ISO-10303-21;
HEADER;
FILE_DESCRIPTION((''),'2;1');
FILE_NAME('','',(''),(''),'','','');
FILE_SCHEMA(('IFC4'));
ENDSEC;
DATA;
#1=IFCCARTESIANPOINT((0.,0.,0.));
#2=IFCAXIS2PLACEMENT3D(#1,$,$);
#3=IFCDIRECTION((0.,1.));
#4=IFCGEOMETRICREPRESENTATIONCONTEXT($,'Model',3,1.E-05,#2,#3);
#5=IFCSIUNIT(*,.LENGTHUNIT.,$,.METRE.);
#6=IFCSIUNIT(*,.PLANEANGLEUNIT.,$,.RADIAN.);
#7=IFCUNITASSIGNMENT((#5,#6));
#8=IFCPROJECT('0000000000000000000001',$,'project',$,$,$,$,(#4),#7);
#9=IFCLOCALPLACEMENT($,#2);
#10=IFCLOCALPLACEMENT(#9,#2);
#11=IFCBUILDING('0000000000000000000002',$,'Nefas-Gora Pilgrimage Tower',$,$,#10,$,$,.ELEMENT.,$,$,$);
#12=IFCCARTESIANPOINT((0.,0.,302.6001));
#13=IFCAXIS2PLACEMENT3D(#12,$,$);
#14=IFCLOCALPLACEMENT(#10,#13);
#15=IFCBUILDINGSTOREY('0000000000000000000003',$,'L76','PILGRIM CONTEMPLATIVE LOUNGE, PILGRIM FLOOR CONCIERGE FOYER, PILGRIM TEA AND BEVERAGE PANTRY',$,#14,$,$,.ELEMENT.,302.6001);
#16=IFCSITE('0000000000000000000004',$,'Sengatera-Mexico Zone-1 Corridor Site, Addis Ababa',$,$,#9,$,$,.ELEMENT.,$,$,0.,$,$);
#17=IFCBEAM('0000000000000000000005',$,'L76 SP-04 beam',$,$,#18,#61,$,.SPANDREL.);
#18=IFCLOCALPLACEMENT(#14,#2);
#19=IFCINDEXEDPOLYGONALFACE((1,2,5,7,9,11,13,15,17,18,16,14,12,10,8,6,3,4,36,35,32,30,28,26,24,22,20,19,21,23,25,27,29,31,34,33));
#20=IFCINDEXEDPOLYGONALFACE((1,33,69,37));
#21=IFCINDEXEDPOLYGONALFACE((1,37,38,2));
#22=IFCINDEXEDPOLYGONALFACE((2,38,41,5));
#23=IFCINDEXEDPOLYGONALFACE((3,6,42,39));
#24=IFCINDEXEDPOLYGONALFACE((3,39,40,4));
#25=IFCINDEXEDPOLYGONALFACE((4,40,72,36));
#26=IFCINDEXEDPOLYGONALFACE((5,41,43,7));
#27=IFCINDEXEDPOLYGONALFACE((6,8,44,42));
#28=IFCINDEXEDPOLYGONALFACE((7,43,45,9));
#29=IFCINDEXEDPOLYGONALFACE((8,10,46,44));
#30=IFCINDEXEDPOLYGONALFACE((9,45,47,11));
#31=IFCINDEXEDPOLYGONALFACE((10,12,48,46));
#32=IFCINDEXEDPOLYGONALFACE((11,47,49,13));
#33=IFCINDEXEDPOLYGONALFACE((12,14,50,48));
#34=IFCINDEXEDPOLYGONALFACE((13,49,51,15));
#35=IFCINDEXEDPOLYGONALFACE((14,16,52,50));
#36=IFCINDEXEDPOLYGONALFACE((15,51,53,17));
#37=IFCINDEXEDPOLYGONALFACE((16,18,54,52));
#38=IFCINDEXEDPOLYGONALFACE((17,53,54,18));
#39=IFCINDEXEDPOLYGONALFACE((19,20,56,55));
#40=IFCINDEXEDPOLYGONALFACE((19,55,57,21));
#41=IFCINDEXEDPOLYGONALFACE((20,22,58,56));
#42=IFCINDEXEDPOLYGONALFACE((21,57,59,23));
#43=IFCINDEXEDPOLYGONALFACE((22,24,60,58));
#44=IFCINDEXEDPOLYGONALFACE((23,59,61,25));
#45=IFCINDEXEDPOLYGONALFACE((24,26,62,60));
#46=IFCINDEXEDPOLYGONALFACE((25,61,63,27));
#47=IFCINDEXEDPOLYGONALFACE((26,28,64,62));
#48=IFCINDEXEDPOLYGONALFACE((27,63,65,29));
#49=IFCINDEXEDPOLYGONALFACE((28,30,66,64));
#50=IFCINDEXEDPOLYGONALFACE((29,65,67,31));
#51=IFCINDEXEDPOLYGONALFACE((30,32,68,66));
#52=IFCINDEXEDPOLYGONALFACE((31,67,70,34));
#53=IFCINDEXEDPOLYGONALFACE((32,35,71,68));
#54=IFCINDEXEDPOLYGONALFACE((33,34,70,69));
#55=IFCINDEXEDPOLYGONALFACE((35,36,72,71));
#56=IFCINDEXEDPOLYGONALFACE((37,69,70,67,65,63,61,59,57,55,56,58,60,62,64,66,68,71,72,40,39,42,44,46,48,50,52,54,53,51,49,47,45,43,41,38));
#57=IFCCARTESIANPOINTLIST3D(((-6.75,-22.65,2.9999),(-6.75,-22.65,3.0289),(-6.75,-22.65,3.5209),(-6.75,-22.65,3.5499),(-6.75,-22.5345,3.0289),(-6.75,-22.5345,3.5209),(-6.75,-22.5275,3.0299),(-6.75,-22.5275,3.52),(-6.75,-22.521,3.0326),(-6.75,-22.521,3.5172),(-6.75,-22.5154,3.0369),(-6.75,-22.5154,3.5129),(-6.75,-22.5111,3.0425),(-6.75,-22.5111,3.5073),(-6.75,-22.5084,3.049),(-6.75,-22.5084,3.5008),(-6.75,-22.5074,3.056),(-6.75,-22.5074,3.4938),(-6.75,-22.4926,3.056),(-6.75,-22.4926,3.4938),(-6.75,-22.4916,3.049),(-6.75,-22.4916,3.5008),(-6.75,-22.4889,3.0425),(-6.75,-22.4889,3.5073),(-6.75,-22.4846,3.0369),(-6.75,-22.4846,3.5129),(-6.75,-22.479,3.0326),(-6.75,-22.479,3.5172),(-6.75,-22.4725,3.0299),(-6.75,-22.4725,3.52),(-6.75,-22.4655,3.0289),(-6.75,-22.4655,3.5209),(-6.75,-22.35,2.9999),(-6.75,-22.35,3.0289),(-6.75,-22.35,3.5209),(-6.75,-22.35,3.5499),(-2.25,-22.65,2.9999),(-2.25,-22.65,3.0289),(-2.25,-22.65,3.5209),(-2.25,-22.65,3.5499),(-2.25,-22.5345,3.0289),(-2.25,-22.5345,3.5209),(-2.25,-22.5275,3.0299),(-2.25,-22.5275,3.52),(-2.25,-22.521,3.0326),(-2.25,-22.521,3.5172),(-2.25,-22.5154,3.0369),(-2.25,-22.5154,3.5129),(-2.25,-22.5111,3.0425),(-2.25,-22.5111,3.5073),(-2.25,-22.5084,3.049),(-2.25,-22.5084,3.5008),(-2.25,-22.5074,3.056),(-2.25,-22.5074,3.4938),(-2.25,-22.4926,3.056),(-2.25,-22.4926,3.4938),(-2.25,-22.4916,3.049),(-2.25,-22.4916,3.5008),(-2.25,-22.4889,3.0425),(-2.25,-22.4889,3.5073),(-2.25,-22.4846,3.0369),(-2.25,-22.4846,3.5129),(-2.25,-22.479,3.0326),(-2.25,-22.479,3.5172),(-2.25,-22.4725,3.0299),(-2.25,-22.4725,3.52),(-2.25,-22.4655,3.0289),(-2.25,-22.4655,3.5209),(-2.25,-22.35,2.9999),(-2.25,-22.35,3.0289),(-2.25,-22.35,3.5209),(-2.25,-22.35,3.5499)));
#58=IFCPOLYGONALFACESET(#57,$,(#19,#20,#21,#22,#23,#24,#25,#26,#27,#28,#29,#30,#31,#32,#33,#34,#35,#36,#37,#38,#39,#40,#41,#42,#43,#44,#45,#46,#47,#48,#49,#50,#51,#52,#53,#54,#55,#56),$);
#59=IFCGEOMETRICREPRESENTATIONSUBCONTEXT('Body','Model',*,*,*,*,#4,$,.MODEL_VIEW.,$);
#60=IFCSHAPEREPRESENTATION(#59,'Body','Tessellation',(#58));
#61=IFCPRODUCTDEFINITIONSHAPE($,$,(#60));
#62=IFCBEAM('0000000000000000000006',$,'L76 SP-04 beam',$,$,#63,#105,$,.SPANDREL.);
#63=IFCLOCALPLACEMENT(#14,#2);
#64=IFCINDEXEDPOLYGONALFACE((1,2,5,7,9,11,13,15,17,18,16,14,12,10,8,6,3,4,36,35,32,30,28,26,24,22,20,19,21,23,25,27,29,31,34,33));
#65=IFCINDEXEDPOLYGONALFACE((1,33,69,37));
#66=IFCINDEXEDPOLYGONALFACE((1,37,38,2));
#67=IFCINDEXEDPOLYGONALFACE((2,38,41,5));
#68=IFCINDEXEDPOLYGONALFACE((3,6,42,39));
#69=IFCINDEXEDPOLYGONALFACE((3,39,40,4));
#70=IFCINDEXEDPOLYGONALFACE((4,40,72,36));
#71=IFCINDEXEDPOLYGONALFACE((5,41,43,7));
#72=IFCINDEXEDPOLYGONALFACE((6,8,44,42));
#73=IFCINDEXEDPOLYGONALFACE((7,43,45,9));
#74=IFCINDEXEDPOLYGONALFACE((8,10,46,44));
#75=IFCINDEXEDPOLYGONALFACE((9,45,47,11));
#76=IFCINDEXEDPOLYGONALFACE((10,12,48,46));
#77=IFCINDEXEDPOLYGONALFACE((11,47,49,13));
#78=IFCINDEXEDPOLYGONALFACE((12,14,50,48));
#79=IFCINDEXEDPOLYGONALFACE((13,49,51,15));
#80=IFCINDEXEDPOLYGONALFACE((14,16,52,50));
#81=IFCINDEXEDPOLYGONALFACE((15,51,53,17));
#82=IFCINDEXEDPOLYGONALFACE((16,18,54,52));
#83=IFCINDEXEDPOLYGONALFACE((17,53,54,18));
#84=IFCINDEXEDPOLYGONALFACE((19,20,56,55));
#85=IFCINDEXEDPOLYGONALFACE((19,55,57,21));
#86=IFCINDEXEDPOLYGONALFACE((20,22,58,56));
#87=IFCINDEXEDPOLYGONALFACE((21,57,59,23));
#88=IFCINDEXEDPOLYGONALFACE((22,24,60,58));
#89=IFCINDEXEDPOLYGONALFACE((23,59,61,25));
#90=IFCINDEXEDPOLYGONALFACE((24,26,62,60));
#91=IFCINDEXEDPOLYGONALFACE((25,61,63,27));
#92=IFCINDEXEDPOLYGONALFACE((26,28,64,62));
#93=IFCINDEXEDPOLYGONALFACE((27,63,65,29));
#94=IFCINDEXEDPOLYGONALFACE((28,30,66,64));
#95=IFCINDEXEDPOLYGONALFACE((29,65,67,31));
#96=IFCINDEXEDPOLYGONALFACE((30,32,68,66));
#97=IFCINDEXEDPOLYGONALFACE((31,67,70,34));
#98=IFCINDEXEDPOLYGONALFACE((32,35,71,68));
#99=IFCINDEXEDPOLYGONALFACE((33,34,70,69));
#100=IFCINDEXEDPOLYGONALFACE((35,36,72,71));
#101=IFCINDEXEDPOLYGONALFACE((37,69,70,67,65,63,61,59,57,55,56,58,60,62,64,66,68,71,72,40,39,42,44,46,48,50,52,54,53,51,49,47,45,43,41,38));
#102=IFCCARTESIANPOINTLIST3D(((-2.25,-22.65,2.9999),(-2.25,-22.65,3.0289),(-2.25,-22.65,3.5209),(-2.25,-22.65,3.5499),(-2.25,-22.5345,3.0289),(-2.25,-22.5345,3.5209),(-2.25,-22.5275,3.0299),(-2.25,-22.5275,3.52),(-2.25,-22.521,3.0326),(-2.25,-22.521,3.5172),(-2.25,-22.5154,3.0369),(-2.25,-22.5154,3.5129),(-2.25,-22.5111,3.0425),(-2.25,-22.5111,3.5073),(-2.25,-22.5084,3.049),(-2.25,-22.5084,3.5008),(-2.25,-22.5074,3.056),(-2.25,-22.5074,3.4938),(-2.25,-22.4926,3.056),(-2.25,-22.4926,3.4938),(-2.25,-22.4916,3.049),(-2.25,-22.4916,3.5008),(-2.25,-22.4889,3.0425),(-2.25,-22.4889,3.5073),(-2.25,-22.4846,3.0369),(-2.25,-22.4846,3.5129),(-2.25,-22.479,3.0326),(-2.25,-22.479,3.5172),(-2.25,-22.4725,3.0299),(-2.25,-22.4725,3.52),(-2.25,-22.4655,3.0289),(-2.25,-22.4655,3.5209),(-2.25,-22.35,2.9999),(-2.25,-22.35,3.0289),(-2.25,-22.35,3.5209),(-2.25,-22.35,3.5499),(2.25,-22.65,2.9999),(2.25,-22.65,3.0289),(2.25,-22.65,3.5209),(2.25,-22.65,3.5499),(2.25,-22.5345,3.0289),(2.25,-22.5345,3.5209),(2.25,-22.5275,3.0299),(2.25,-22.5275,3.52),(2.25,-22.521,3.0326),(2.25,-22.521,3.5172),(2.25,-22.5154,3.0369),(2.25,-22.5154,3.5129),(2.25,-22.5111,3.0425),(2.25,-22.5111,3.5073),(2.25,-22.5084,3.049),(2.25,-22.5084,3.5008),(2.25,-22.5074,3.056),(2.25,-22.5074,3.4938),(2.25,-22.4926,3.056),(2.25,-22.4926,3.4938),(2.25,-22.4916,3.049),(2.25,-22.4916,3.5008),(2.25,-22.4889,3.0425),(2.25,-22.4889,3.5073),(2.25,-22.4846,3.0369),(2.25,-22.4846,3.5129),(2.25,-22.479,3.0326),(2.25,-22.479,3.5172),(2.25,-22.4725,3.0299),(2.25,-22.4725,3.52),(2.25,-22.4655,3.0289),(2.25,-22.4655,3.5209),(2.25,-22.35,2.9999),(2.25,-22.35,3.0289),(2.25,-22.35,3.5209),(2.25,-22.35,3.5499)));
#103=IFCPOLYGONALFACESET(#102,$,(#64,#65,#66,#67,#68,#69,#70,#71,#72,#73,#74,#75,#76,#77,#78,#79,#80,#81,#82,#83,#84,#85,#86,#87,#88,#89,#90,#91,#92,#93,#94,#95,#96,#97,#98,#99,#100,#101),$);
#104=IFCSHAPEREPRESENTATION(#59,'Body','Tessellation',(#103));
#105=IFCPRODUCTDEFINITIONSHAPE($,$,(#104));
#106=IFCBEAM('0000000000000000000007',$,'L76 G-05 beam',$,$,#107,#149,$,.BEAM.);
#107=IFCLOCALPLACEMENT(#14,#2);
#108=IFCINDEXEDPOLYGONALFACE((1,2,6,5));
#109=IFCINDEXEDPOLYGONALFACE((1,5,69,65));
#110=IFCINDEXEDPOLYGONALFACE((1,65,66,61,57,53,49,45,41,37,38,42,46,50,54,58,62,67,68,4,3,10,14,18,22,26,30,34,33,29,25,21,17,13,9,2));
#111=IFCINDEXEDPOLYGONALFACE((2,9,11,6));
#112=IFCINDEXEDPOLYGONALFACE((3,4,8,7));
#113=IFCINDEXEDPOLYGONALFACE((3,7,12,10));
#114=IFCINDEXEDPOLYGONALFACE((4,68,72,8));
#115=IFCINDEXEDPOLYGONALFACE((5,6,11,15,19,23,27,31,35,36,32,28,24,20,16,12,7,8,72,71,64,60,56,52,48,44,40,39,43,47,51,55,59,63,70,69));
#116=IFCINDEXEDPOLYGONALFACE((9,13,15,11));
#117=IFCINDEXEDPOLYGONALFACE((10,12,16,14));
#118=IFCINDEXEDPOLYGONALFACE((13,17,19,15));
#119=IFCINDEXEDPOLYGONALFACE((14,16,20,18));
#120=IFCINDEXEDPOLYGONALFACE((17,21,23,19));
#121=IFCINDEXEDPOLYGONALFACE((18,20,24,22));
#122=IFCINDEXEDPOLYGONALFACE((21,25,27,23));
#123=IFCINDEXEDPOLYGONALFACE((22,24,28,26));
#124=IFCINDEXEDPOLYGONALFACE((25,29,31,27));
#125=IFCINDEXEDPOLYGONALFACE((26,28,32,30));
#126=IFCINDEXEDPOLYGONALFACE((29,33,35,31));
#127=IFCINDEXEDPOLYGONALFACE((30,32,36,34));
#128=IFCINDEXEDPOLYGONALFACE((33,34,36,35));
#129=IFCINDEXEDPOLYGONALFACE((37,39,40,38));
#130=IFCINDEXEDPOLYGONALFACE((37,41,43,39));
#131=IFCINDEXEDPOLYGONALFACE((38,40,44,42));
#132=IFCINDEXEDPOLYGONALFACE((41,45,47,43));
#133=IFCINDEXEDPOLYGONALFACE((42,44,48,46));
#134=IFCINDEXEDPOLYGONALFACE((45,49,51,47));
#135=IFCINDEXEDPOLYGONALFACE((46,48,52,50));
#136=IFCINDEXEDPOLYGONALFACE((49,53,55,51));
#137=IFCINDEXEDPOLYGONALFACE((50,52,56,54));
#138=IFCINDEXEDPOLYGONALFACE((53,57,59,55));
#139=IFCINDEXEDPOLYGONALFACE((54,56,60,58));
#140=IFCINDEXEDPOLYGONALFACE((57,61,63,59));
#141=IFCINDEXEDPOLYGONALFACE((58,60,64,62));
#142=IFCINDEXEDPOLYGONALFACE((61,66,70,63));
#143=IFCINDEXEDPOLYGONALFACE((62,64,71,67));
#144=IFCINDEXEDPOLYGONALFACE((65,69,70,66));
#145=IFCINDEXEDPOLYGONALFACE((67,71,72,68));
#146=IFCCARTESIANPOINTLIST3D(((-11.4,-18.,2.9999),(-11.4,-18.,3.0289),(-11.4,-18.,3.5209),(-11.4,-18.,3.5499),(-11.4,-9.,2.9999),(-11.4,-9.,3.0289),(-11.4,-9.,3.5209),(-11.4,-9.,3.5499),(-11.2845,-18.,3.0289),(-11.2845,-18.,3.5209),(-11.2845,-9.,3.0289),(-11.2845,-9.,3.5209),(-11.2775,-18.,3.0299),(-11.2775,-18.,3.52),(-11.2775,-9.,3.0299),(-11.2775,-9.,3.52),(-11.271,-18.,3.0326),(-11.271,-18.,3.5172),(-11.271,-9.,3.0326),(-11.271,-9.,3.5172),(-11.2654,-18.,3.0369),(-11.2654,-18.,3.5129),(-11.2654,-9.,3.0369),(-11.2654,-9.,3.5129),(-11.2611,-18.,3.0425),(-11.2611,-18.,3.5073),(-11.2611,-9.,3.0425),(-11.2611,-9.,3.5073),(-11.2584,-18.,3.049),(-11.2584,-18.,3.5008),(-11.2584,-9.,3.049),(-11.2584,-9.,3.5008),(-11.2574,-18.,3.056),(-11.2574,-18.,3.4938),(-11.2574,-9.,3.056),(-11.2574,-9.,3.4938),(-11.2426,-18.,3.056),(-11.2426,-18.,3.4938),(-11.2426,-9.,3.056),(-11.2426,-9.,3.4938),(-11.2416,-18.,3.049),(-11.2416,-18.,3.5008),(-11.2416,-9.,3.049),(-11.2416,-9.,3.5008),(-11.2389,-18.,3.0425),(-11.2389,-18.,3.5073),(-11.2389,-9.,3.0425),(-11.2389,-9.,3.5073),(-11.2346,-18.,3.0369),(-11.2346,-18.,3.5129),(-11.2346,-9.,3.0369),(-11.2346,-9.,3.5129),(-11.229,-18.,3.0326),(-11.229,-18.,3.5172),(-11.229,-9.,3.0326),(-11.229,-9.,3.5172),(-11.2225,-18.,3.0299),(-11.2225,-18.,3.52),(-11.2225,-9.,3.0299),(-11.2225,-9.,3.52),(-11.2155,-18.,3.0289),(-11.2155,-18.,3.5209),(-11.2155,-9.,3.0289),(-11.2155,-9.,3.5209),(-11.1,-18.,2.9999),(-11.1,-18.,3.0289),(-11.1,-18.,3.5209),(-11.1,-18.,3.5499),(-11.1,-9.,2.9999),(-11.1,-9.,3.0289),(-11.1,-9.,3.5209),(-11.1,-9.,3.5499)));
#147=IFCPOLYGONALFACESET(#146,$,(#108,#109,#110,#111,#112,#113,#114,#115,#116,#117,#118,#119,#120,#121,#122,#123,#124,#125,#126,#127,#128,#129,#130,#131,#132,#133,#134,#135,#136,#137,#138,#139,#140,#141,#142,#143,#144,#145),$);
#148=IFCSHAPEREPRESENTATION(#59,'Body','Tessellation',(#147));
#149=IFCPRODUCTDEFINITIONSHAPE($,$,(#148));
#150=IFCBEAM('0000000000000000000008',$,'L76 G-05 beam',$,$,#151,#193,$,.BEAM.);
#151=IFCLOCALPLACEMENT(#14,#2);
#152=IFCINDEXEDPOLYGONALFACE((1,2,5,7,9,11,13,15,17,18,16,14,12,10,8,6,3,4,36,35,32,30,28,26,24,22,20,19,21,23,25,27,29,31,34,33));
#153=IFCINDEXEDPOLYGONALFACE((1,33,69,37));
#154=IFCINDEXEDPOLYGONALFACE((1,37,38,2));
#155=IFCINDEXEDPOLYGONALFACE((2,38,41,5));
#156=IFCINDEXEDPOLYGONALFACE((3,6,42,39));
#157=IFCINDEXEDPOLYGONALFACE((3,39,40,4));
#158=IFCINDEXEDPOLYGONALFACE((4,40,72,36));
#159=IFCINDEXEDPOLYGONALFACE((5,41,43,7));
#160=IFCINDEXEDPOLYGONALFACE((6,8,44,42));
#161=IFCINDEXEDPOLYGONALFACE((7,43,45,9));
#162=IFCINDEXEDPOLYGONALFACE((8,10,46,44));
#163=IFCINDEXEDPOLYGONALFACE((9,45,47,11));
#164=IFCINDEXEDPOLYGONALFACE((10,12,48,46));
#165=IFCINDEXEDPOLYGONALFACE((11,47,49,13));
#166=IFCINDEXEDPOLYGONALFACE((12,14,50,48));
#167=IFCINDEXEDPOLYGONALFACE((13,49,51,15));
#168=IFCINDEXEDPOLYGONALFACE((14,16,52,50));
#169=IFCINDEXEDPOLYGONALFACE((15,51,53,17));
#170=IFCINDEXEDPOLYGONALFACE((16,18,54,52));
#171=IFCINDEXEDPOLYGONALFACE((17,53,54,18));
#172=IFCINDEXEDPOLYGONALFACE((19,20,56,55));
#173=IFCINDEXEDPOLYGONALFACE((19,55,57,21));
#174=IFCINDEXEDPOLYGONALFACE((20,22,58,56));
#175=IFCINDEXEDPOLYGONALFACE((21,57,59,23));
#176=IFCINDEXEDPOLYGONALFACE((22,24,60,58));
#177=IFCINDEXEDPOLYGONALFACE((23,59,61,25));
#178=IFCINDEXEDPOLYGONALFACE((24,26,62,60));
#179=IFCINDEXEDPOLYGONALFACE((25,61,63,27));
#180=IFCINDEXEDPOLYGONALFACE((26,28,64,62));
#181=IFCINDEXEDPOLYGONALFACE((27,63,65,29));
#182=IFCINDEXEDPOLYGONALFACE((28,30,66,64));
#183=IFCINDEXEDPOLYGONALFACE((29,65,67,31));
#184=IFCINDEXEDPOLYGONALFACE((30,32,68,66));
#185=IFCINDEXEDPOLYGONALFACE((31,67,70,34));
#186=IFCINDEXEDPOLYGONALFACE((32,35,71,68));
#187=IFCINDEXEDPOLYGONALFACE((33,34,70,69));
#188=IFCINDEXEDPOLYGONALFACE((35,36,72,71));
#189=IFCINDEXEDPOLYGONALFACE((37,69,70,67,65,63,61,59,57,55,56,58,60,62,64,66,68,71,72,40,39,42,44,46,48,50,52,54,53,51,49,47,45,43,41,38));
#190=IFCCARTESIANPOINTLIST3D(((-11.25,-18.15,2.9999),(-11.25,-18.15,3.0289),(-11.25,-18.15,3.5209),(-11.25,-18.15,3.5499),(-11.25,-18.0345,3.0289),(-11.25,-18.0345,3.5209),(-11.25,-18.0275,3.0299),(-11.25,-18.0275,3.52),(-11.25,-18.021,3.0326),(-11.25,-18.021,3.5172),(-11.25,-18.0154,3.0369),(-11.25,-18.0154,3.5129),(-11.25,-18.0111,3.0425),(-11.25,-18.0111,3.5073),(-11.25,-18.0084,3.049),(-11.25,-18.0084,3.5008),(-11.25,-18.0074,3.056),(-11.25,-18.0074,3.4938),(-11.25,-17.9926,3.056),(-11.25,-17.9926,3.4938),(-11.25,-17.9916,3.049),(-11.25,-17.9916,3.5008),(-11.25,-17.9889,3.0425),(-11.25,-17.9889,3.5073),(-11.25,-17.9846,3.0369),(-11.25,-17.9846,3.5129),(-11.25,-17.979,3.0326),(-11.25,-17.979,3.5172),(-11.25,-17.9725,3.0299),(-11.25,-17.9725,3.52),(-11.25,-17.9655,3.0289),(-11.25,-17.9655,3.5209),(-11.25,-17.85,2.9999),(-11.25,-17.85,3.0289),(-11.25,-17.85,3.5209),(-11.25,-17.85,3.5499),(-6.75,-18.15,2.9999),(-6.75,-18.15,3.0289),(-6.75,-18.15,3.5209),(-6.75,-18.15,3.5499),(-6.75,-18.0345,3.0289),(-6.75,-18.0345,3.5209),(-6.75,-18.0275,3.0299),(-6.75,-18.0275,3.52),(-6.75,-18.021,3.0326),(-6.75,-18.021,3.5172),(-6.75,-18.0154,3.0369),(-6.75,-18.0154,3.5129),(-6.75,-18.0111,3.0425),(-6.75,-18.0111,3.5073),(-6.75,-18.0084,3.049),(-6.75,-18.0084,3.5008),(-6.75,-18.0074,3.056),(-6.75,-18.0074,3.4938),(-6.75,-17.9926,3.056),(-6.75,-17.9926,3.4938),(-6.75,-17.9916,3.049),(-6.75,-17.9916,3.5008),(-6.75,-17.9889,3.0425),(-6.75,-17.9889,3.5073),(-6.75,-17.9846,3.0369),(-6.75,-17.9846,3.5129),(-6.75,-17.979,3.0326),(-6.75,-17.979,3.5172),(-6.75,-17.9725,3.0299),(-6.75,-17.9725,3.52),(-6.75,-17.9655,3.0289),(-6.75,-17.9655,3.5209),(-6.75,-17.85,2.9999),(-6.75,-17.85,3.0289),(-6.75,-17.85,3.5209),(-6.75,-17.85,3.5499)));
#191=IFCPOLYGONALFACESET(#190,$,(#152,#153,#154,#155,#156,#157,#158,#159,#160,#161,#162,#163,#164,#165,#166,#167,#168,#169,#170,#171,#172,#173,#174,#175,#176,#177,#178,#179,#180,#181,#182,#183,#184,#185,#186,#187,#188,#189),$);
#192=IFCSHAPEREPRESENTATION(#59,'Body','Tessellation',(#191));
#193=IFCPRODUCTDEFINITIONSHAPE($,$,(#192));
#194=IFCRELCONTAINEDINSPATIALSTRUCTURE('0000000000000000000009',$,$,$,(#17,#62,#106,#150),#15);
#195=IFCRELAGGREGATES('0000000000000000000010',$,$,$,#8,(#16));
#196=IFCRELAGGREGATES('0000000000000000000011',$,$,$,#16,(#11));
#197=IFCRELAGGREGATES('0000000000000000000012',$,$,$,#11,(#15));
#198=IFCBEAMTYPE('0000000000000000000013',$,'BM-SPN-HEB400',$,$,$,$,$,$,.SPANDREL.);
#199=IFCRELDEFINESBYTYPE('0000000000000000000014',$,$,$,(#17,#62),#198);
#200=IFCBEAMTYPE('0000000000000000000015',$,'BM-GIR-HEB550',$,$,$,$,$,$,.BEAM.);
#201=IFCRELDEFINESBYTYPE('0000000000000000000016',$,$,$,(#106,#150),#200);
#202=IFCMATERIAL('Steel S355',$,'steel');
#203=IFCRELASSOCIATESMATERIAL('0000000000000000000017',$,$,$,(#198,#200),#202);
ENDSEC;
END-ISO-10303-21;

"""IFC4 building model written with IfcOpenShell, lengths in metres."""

from ifc_helpers import new_model, si_unit, direction, frame, origin, origin_2d, place, context, subcontext, project, spatial, i_section, extrude, source, transform, mapped, material, material_profile, profile_set, type_object, element, save


model = new_model("IFC4")

# Units and contexts
model_context = context("Model", 3, precision=1e-05, world=origin(), true_north=direction((0.0, 1.0)))
body_context = subcontext(model_context, "Body", "Model", "MODEL_VIEW")
ifc_project = project(units=[si_unit("LENGTHUNIT", "METRE"), si_unit("PLANEANGLEUNIT", "RADIAN")], contexts=[model_context])

# Site, building, storey
site_placement = place(None, origin())
site = spatial("IfcSite", under=ifc_project, at=site_placement, Name="Sengatera-Mexico Zone-1 Corridor Site, Addis Ababa", CompositionType="ELEMENT", RefElevation=0.0)
building_placement = place(site_placement, origin())
building = spatial("IfcBuilding", under=site, at=building_placement, Name="Nefas-Gora Pilgrimage Tower", CompositionType="ELEMENT")
storey_placement = place(building_placement, frame((0.0, 0.0, 302.6001)))
storey = spatial("IfcBuildingStorey", under=building, at=storey_placement, Name="L76", Description="PILGRIM CONTEMPLATIVE LOUNGE, PILGRIM FLOOR CONCIERGE FOYER, PILGRIM TEA AND BEVERAGE PANTRY", CompositionType="ELEMENT", Elevation=302.6001)

# Shared definitions
ifc_material_1 = material(Name="Steel S355", Category="steel")

# Beams
ifc_material_profile_1 = material_profile(ifc_material_1, i_section(OverallWidth=0.3, OverallDepth=0.55, WebThickness=0.0149, FlangeThickness=0.0291, FilletRadius=0.0271, at=origin_2d()), Name="HEB 550")
ifc_profile_set_1 = profile_set([ifc_material_profile_1], Name="Steel S355")
beam_type_1 = type_object("IfcBeamType", Name="BM-SPN-HEB400", PredefinedType="SPANDREL", material=ifc_profile_set_1)
shared_shape_1 = source(origin(), body_context, "Body", "SweptSolid", [
    extrude(i_section(OverallWidth=0.3, OverallDepth=0.55, WebThickness=0.0149, FlangeThickness=0.0291, FilletRadius=0.0271, at=origin_2d()), origin(), (0.0, 0.0, 1.0), 4.5),
])
for number, where, z_axis, x_axis, name in (
    (1, (-6.75, -22.5, 3.2749), (1.0, 0.0, 0.0), (0.0, 1.0, 0.0), "L76 SP-04 beam"),
    (2, (-2.25, -22.5, 3.2749), (1.0, 0.0, 0.0), (0.0, 1.0, 0.0), "L76 SP-04 beam"),
):
    element("IfcBeam", number, at=place(storey_placement, frame(where, z_axis=z_axis, x_axis=x_axis)), inside=storey, type_object=beam_type_1, Name=name, PredefinedType="SPANDREL", context=body_context, shape_type="MappedRepresentation", body=[
        mapped(shared_shape_1, transform((0.0, 0.0, 0.0), x_axis=(1.0, 0.0, 0.0), y_axis=(0.0, 1.0, 0.0), z_axis=(0.0, 0.0, 1.0), scale=1.0)),
    ])
ifc_material_profile_2 = material_profile(ifc_material_1, i_section(OverallWidth=0.3, OverallDepth=0.55, WebThickness=0.0149, FlangeThickness=0.0291, FilletRadius=0.0271, at=origin_2d()), Name="HEB 550")
ifc_profile_set_2 = profile_set([ifc_material_profile_2], Name="Steel S355")
beam_type_2 = type_object("IfcBeamType", Name="BM-GIR-HEB550", PredefinedType="BEAM", material=ifc_profile_set_2)
shared_shape_2 = source(origin(), body_context, "Body", "SweptSolid", [
    extrude(i_section(OverallWidth=0.3, OverallDepth=0.55, WebThickness=0.0149, FlangeThickness=0.0291, FilletRadius=0.0271, at=origin_2d()), origin(), (0.0, 0.0, 1.0), 9.0),
])
beam_placement = place(storey_placement, frame((-11.25, -18.0, 3.2749), z_axis=(0.0, 1.0, 0.0), x_axis=(-1.0, 0.0, 0.0)))
element("IfcBeam", 3, at=beam_placement, inside=storey, type_object=beam_type_2, Name="L76 G-05 beam", PredefinedType="BEAM", context=body_context, shape_type="MappedRepresentation", body=[
    mapped(shared_shape_2, transform((0.0, 0.0, 0.0), x_axis=(1.0, 0.0, 0.0), y_axis=(0.0, 1.0, 0.0), z_axis=(0.0, 0.0, 1.0), scale=1.0)),
])
shared_shape_3 = source(origin(), body_context, "Body", "SweptSolid", [
    extrude(i_section(OverallWidth=0.3, OverallDepth=0.55, WebThickness=0.0149, FlangeThickness=0.0291, FilletRadius=0.0271, at=origin_2d()), origin(), (0.0, 0.0, 1.0), 4.5),
])
for number, where, z_axis, x_axis, name in (
    (4, (-11.25, -18.0, 3.2749), (1.0, 0.0, 0.0), (0.0, 1.0, 0.0), "L76 G-05 beam"),
):
    element("IfcBeam", number, at=place(storey_placement, frame(where, z_axis=z_axis, x_axis=x_axis)), inside=storey, type_object=beam_type_2, Name=name, PredefinedType="BEAM", context=body_context, shape_type="MappedRepresentation", body=[
        mapped(shared_shape_3, transform((0.0, 0.0, 0.0), x_axis=(1.0, 0.0, 0.0), y_axis=(0.0, 1.0, 0.0), z_axis=(0.0, 0.0, 1.0), scale=1.0)),
    ])

save(model, "model.ifc")
